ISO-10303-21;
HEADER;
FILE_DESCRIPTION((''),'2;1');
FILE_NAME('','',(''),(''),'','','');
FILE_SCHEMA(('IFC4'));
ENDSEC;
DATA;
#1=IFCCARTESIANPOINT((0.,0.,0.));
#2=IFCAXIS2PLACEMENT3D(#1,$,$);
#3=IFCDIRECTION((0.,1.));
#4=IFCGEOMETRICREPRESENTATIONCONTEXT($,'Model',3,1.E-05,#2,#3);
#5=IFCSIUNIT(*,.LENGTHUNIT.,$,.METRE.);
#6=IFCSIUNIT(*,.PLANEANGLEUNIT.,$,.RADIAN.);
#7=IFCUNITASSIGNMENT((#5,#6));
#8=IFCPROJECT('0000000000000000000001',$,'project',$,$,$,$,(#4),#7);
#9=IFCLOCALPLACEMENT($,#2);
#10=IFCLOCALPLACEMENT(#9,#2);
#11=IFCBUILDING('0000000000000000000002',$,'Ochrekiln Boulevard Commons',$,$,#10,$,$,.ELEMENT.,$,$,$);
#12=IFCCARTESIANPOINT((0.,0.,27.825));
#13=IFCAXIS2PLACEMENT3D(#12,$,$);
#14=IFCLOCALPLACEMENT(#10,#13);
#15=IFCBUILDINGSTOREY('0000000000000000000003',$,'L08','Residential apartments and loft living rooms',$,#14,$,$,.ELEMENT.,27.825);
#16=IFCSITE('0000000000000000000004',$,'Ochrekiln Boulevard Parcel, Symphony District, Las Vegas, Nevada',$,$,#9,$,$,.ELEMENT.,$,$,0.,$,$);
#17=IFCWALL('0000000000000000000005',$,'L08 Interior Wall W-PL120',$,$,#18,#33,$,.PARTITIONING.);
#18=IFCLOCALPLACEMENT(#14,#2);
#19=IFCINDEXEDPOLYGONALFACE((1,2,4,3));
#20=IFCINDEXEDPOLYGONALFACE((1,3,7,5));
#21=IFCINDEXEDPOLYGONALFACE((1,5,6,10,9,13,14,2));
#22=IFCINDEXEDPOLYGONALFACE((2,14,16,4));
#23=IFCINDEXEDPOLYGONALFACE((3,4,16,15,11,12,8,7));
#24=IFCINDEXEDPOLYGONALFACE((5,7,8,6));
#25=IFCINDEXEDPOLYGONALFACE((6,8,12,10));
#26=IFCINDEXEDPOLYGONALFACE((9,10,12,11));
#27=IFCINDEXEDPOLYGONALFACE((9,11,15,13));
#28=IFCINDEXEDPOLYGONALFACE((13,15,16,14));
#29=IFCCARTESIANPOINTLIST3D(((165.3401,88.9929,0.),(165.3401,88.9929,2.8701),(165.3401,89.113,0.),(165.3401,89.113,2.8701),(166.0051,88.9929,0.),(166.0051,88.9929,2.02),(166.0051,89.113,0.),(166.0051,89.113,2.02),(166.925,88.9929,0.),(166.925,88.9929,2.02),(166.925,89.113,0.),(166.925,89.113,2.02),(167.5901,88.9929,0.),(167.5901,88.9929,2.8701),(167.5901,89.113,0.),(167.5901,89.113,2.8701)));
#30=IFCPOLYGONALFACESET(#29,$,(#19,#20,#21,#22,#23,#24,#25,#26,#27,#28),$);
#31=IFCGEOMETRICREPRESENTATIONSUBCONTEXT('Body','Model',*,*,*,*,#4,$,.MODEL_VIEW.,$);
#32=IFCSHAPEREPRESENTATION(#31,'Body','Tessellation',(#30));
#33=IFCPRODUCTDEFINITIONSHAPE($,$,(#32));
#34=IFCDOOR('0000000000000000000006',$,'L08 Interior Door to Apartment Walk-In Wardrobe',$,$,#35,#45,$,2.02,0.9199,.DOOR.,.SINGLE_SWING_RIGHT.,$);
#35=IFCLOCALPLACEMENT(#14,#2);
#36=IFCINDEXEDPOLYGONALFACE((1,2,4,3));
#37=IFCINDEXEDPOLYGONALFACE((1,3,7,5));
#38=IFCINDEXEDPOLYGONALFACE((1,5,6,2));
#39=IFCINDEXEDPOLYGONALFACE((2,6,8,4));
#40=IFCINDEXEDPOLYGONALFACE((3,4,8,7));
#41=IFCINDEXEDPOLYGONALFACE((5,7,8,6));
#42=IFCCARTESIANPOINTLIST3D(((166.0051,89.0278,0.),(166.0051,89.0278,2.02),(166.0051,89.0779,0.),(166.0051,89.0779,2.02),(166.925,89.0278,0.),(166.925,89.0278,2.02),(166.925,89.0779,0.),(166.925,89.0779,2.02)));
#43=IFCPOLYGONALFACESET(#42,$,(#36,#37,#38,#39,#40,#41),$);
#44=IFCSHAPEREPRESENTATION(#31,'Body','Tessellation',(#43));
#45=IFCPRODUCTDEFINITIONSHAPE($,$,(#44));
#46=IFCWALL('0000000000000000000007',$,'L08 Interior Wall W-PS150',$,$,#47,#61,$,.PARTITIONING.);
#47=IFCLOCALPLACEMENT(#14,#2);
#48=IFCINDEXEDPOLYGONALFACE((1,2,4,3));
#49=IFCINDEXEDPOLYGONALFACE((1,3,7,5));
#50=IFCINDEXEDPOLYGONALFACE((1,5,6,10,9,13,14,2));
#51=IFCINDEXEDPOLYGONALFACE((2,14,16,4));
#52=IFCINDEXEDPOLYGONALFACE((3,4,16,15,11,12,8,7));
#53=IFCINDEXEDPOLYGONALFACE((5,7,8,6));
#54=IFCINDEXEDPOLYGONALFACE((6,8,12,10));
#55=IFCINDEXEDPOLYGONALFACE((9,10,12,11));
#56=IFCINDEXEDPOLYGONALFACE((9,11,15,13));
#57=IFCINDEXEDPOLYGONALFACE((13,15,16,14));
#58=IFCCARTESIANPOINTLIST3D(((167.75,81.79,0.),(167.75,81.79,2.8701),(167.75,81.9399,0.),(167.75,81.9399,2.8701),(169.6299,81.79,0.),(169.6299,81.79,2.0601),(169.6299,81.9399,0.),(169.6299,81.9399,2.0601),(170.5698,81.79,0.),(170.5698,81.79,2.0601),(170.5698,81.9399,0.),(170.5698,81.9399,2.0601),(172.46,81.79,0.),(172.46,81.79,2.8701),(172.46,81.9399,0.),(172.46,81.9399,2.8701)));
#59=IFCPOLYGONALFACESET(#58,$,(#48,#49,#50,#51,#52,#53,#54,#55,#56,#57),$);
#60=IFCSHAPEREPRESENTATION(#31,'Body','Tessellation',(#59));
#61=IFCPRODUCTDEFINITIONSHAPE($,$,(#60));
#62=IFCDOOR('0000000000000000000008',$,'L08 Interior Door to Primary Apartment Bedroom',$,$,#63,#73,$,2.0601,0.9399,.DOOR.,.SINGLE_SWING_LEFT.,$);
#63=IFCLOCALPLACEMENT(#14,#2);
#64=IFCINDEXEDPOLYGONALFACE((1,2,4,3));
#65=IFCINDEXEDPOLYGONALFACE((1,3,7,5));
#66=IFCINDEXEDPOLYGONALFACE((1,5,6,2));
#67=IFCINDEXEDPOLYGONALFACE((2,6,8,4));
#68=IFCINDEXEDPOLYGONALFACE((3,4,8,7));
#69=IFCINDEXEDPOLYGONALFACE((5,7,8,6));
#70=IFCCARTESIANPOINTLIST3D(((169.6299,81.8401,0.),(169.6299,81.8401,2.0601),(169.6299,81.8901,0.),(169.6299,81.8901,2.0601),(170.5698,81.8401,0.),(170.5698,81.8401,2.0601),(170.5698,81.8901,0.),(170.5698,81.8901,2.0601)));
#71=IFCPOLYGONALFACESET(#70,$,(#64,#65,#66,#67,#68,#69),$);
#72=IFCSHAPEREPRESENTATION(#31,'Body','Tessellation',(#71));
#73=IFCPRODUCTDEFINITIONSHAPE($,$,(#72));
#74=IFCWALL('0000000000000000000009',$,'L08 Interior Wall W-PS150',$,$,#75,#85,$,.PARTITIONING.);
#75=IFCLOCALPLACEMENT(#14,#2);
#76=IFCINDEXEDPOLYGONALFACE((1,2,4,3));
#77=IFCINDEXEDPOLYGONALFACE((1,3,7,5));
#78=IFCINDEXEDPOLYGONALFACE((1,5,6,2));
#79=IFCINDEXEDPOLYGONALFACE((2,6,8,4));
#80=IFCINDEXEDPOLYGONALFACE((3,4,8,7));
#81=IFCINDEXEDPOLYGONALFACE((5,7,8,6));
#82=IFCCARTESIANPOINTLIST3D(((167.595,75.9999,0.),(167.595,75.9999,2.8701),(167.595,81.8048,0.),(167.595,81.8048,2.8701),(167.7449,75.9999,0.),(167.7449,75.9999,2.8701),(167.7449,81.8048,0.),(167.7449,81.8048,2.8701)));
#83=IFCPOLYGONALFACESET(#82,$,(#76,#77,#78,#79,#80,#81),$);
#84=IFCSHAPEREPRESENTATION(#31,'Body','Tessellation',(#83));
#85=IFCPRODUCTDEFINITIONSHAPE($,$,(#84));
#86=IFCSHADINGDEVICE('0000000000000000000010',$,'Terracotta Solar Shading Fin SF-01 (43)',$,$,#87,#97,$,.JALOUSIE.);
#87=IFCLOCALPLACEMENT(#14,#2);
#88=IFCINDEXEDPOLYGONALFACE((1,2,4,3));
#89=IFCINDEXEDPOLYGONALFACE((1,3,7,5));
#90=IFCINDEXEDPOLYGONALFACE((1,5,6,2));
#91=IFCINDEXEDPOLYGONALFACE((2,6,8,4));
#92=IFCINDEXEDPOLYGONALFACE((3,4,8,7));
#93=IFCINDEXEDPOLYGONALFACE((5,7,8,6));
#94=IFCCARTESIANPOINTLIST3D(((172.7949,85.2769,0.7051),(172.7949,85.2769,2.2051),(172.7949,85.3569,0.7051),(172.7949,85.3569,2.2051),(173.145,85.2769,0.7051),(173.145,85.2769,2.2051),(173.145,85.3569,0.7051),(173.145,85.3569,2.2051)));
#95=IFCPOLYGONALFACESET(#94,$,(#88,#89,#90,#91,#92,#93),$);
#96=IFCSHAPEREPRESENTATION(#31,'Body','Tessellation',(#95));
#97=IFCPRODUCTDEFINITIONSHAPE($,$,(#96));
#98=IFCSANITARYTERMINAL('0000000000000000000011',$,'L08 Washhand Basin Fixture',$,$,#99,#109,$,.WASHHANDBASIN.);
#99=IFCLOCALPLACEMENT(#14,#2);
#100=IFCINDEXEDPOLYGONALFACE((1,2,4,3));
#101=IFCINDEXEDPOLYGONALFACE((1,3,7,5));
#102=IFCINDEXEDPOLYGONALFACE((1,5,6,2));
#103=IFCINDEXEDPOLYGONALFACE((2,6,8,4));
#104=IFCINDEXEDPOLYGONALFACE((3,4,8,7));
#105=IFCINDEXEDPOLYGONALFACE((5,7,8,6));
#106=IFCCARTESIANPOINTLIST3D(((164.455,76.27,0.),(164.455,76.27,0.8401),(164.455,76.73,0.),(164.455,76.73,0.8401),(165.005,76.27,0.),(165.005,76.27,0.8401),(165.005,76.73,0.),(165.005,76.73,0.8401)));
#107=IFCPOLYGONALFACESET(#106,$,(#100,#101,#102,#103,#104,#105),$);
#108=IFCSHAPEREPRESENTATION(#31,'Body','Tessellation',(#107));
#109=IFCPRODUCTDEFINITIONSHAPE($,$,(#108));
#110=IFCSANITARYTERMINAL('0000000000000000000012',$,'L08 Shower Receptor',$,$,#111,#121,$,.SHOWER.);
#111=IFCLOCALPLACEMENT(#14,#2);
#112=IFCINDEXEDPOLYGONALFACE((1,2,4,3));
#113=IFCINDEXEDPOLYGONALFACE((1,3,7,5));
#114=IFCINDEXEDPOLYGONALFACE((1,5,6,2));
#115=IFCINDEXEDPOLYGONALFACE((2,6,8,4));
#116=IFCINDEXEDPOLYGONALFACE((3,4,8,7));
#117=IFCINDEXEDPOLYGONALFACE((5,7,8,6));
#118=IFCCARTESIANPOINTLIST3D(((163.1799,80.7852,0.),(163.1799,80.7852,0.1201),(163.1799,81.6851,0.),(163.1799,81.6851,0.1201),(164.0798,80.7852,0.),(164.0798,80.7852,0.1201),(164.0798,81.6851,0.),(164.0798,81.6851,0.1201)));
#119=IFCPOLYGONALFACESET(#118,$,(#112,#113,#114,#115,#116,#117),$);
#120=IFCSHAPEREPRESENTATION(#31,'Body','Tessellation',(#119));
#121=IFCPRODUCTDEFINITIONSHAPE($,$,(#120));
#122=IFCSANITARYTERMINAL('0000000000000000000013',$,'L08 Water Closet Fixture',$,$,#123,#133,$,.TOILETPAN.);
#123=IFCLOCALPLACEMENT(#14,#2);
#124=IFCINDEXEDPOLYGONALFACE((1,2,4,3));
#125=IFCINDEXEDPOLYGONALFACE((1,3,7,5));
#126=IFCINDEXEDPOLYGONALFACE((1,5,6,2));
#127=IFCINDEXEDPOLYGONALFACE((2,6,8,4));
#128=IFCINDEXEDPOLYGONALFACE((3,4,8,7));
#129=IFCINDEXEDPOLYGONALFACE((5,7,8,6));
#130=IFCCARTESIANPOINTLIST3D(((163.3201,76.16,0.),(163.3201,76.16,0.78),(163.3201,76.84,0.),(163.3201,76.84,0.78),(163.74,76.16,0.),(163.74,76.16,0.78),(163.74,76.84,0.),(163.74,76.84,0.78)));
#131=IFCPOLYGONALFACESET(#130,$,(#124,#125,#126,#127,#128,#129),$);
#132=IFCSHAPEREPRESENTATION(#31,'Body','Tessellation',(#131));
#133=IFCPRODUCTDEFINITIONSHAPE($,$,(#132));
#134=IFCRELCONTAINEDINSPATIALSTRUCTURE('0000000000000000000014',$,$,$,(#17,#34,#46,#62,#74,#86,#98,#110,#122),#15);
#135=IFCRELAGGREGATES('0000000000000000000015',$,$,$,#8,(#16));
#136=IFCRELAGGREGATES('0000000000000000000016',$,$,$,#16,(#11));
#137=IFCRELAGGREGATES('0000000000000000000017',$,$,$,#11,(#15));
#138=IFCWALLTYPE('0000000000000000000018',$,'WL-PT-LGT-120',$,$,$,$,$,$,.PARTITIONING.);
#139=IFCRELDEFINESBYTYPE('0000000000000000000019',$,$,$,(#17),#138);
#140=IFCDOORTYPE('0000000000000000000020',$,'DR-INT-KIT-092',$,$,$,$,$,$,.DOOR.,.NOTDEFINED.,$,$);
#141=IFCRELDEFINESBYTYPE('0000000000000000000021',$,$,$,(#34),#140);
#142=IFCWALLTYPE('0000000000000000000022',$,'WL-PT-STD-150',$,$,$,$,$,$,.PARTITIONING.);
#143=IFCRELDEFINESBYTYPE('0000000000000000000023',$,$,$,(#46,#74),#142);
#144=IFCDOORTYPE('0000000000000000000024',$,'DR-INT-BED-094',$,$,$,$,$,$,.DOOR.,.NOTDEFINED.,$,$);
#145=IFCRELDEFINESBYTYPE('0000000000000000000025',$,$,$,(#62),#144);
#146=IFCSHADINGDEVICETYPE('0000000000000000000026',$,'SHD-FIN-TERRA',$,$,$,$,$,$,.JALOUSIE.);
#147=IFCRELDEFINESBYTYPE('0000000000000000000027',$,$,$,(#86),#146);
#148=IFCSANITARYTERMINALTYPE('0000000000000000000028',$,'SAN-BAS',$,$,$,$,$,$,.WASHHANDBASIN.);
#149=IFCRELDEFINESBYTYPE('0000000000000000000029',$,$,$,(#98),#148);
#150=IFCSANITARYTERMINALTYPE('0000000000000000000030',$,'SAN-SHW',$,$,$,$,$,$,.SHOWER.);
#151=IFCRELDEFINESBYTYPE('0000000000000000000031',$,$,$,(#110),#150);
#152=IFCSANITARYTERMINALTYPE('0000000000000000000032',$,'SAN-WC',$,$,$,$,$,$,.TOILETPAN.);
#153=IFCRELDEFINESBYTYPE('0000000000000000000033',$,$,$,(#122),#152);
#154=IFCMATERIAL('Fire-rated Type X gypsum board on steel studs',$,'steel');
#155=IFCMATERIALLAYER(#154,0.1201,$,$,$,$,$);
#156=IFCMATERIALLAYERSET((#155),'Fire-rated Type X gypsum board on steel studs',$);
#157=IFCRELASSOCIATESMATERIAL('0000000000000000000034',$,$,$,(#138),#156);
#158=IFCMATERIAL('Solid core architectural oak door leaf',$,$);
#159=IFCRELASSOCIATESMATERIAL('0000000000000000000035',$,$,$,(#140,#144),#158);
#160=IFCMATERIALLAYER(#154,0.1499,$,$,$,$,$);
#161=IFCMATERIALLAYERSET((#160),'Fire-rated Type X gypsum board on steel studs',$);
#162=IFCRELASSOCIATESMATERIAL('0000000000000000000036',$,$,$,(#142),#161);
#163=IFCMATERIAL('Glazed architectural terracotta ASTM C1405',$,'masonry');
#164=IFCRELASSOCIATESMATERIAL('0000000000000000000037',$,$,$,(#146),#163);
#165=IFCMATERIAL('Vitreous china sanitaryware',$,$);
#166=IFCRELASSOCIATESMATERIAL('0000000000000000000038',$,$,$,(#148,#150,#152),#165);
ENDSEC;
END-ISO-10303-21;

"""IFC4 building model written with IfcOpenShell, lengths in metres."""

from ifc_helpers import new_model, si_unit, direction, frame, frame_2d, origin, origin_2d, place, context, subcontext, project, spatial, rectangle, extrude, material, layer, layer_set, type_object, element, fill, save


model = new_model("IFC4")

# Units and contexts
model_context = context("Model", 3, precision=1e-05, world=origin(), true_north=direction((0.0, 1.0)))
body_context = subcontext(model_context, "Body", "Model", "MODEL_VIEW")
ifc_project = project(units=[si_unit("LENGTHUNIT", "METRE"), si_unit("PLANEANGLEUNIT", "RADIAN")], contexts=[model_context])

# Site, building, storey
site_placement = place(None, origin())
site = spatial("IfcSite", under=ifc_project, at=site_placement, Name="Ochrekiln Boulevard Parcel, Symphony District, Las Vegas, Nevada", CompositionType="ELEMENT", RefElevation=0.0)
building_placement = place(site_placement, origin())
building = spatial("IfcBuilding", under=site, at=building_placement, Name="Ochrekiln Boulevard Commons", CompositionType="ELEMENT")
storey_placement = place(building_placement, frame((0.0, 0.0, 27.825)))
storey = spatial("IfcBuildingStorey", under=building, at=storey_placement, Name="L08", Description="Residential apartments and loft living rooms", CompositionType="ELEMENT", Elevation=27.825)

# Shared definitions
ifc_material_1 = material(Name="Solid core architectural oak door leaf")

# Shared definitions
ifc_material_2 = material(Name="Fire-rated Type X gypsum board on steel studs", Category="steel")

# Walls, openings, doors
ifc_layer_1 = layer(ifc_material_2, 0.1201)
ifc_layer_set_1 = layer_set([ifc_layer_1], Name="Fire-rated Type X gypsum board on steel studs")
wall_type_1 = type_object("IfcWallType", Name="WL-PT-LGT-120", PredefinedType="PARTITIONING", material=ifc_layer_set_1)
door_type_1 = type_object("IfcDoorType", Name="DR-INT-KIT-092", OperationType="NOTDEFINED", PredefinedType="DOOR", material=ifc_material_1)
wall_1_placement = place(storey_placement, frame((165.3401, 89.053, 0.0), z_axis=(0.0, 0.0, 1.0), x_axis=(1.0, 0.0, 0.0)))
wall_1 = element("IfcWall", 1, at=wall_1_placement, inside=storey, type_object=wall_type_1, Name="L08 Interior Wall W-PL120", PredefinedType="PARTITIONING", context=body_context, shape_type="SweptSolid", body=[
    extrude(rectangle(XDim=2.25, YDim=0.1201, at=frame_2d((1.125, 0.0))), origin(), (0.0, 0.0, 1.0), 2.8701),
])
opening_1_placement = place(wall_1_placement, frame((0.665, 0.0, 0.0)))
opening_1 = element("IfcOpeningElement", 2, at=opening_1_placement, cuts=wall_1, PredefinedType="OPENING", context=body_context, shape_type="SweptSolid", body=[
    extrude(rectangle(XDim=0.9199, YDim=2.02, at=frame_2d((0.46, 1.01))), frame((0.0, 0.0701, 0.0), z_axis=(0.0, -1.0, 0.0), x_axis=(1.0, 0.0, 0.0)), (0.0, 0.0, 1.0), 0.1401),
])
door_1_placement = place(opening_1_placement, origin())
door_1 = element("IfcDoor", 3, at=door_1_placement, inside=storey, type_object=door_type_1, Name="L08 Interior Door to Apartment Walk-In Wardrobe", OperationType="SINGLE_SWING_RIGHT", OverallHeight=2.02, OverallWidth=0.9199, PredefinedType="DOOR", context=body_context, shape_type="SweptSolid", body=[
    extrude(rectangle(XDim=0.9199, YDim=2.02, at=frame_2d((0.46, 1.01))), frame((0.0, 0.0249, 0.0), z_axis=(0.0, -1.0, 0.0), x_axis=(1.0, 0.0, 0.0)), (0.0, 0.0, 1.0), 0.05),
])
fill(opening_1, door_1)
ifc_layer_2 = layer(ifc_material_2, 0.1499)
ifc_layer_set_2 = layer_set([ifc_layer_2], Name="Fire-rated Type X gypsum board on steel studs")
wall_type_2 = type_object("IfcWallType", Name="WL-PT-STD-150", PredefinedType="PARTITIONING", material=ifc_layer_set_2)
wall_2_placement = place(storey_placement, frame((167.75, 81.865, 0.0), z_axis=(0.0, 0.0, 1.0), x_axis=(1.0, 0.0, 0.0)))
wall_2 = element("IfcWall", 4, at=wall_2_placement, inside=storey, type_object=wall_type_2, Name="L08 Interior Wall W-PS150", PredefinedType="PARTITIONING", context=body_context, shape_type="SweptSolid", body=[
    extrude(rectangle(XDim=4.71, YDim=0.1499, at=frame_2d((2.355, 0.0))), origin(), (0.0, 0.0, 1.0), 2.8701),
])
opening_2_placement = place(wall_2_placement, frame((1.8799, 0.0, 0.0)))
opening_2 = element("IfcOpeningElement", 5, at=opening_2_placement, cuts=wall_2, PredefinedType="OPENING", context=body_context, shape_type="SweptSolid", body=[
    extrude(rectangle(XDim=0.9399, YDim=2.0601, at=frame_2d((0.47, 1.03))), frame((0.0, 0.085, 0.0), z_axis=(0.0, -1.0, 0.0), x_axis=(1.0, 0.0, 0.0)), (0.0, 0.0, 1.0), 0.1699),
])
door_type_2 = type_object("IfcDoorType", Name="DR-INT-BED-094", OperationType="NOTDEFINED", PredefinedType="DOOR", material=ifc_material_1)
door_2_placement = place(opening_2_placement, frame((0.9399, 0.0, 0.0), z_axis=(0.0, 0.0, 1.0), x_axis=(-1.0, 0.0, 0.0)))
door_2 = element("IfcDoor", 6, at=door_2_placement, inside=storey, type_object=door_type_2, Name="L08 Interior Door to Primary Apartment Bedroom", OperationType="SINGLE_SWING_LEFT", OverallHeight=2.0601, OverallWidth=0.9399, PredefinedType="DOOR", context=body_context, shape_type="SweptSolid", body=[
    extrude(rectangle(XDim=0.9399, YDim=2.0601, at=frame_2d((0.47, 1.03))), frame((0.0, 0.0249, 0.0), z_axis=(0.0, -1.0, 0.0), x_axis=(1.0, 0.0, 0.0)), (0.0, 0.0, 1.0), 0.05),
])
fill(opening_2, door_2)

# Wall
wall_3_placement = place(storey_placement, frame((167.6699, 76.0, 0.0), z_axis=(0.0, 0.0, 1.0), x_axis=(0.0, 1.0, 0.0)))
element("IfcWall", 7, at=wall_3_placement, inside=storey, type_object=wall_type_2, Name="L08 Interior Wall W-PS150", PredefinedType="PARTITIONING", context=body_context, shape_type="SweptSolid", body=[
    extrude(rectangle(XDim=5.8049, YDim=0.1499, at=frame_2d((2.9023, 0.0))), origin(), (0.0, 0.0, 1.0), 2.8701),
])

# Shading device
ifc_material_3 = material(Name="Glazed architectural terracotta ASTM C1405", Category="masonry")
shading_device_type = type_object("IfcShadingDeviceType", Name="SHD-FIN-TERRA", PredefinedType="JALOUSIE", material=ifc_material_3)
shading_device_placement = place(storey_placement, frame((172.97, 85.3169, 0.7051), z_axis=(0.0, 0.0, 1.0), x_axis=(1.0, 0.0, 0.0)))
element("IfcShadingDevice", 8, at=shading_device_placement, inside=storey, type_object=shading_device_type, Name="Terracotta Solar Shading Fin SF-01 (43)", PredefinedType="JALOUSIE", context=body_context, shape_type="SweptSolid", body=[
    extrude(rectangle(XDim=0.3501, YDim=0.0801, at=origin_2d()), origin(), (0.0, 0.0, 1.0), 1.5),
])

# Sanitary terminals
ifc_material_4 = material(Name="Vitreous china sanitaryware")
sanitary_terminal_type_1 = type_object("IfcSanitaryTerminalType", Name="SAN-BAS", PredefinedType="WASHHANDBASIN", material=ifc_material_4)
sanitary_terminal_1_placement = place(storey_placement, frame((164.73, 76.5, 0.0), z_axis=(0.0, 0.0, 1.0), x_axis=(1.0, 0.0, 0.0)))
element("IfcSanitaryTerminal", 9, at=sanitary_terminal_1_placement, inside=storey, type_object=sanitary_terminal_type_1, Name="L08 Washhand Basin Fixture", PredefinedType="WASHHANDBASIN", context=body_context, shape_type="SweptSolid", body=[
    extrude(rectangle(XDim=0.55, YDim=0.46, at=origin_2d()), origin(), (0.0, 0.0, 1.0), 0.8401),
])
sanitary_terminal_type_2 = type_object("IfcSanitaryTerminalType", Name="SAN-SHW", PredefinedType="SHOWER", material=ifc_material_4)
sanitary_terminal_2_placement = place(storey_placement, frame((163.6299, 81.2351, 0.0), z_axis=(0.0, 0.0, 1.0), x_axis=(1.0, 0.0, 0.0)))
element("IfcSanitaryTerminal", 10, at=sanitary_terminal_2_placement, inside=storey, type_object=sanitary_terminal_type_2, Name="L08 Shower Receptor", PredefinedType="SHOWER", context=body_context, shape_type="SweptSolid", body=[
    extrude(rectangle(XDim=0.8999, YDim=0.8999, at=origin_2d()), origin(), (0.0, 0.0, 1.0), 0.1201),
])
sanitary_terminal_type_3 = type_object("IfcSanitaryTerminalType", Name="SAN-WC", PredefinedType="TOILETPAN", material=ifc_material_4)
sanitary_terminal_3_placement = place(storey_placement, frame((163.53, 76.5, 0.0), z_axis=(0.0, 0.0, 1.0), x_axis=(1.0, 0.0, 0.0)))
element("IfcSanitaryTerminal", 11, at=sanitary_terminal_3_placement, inside=storey, type_object=sanitary_terminal_type_3, Name="L08 Water Closet Fixture", PredefinedType="TOILETPAN", context=body_context, shape_type="SweptSolid", body=[
    extrude(rectangle(XDim=0.4199, YDim=0.6799, at=origin_2d()), origin(), (0.0, 0.0, 1.0), 0.78),
])

save(model, "model.ifc")
